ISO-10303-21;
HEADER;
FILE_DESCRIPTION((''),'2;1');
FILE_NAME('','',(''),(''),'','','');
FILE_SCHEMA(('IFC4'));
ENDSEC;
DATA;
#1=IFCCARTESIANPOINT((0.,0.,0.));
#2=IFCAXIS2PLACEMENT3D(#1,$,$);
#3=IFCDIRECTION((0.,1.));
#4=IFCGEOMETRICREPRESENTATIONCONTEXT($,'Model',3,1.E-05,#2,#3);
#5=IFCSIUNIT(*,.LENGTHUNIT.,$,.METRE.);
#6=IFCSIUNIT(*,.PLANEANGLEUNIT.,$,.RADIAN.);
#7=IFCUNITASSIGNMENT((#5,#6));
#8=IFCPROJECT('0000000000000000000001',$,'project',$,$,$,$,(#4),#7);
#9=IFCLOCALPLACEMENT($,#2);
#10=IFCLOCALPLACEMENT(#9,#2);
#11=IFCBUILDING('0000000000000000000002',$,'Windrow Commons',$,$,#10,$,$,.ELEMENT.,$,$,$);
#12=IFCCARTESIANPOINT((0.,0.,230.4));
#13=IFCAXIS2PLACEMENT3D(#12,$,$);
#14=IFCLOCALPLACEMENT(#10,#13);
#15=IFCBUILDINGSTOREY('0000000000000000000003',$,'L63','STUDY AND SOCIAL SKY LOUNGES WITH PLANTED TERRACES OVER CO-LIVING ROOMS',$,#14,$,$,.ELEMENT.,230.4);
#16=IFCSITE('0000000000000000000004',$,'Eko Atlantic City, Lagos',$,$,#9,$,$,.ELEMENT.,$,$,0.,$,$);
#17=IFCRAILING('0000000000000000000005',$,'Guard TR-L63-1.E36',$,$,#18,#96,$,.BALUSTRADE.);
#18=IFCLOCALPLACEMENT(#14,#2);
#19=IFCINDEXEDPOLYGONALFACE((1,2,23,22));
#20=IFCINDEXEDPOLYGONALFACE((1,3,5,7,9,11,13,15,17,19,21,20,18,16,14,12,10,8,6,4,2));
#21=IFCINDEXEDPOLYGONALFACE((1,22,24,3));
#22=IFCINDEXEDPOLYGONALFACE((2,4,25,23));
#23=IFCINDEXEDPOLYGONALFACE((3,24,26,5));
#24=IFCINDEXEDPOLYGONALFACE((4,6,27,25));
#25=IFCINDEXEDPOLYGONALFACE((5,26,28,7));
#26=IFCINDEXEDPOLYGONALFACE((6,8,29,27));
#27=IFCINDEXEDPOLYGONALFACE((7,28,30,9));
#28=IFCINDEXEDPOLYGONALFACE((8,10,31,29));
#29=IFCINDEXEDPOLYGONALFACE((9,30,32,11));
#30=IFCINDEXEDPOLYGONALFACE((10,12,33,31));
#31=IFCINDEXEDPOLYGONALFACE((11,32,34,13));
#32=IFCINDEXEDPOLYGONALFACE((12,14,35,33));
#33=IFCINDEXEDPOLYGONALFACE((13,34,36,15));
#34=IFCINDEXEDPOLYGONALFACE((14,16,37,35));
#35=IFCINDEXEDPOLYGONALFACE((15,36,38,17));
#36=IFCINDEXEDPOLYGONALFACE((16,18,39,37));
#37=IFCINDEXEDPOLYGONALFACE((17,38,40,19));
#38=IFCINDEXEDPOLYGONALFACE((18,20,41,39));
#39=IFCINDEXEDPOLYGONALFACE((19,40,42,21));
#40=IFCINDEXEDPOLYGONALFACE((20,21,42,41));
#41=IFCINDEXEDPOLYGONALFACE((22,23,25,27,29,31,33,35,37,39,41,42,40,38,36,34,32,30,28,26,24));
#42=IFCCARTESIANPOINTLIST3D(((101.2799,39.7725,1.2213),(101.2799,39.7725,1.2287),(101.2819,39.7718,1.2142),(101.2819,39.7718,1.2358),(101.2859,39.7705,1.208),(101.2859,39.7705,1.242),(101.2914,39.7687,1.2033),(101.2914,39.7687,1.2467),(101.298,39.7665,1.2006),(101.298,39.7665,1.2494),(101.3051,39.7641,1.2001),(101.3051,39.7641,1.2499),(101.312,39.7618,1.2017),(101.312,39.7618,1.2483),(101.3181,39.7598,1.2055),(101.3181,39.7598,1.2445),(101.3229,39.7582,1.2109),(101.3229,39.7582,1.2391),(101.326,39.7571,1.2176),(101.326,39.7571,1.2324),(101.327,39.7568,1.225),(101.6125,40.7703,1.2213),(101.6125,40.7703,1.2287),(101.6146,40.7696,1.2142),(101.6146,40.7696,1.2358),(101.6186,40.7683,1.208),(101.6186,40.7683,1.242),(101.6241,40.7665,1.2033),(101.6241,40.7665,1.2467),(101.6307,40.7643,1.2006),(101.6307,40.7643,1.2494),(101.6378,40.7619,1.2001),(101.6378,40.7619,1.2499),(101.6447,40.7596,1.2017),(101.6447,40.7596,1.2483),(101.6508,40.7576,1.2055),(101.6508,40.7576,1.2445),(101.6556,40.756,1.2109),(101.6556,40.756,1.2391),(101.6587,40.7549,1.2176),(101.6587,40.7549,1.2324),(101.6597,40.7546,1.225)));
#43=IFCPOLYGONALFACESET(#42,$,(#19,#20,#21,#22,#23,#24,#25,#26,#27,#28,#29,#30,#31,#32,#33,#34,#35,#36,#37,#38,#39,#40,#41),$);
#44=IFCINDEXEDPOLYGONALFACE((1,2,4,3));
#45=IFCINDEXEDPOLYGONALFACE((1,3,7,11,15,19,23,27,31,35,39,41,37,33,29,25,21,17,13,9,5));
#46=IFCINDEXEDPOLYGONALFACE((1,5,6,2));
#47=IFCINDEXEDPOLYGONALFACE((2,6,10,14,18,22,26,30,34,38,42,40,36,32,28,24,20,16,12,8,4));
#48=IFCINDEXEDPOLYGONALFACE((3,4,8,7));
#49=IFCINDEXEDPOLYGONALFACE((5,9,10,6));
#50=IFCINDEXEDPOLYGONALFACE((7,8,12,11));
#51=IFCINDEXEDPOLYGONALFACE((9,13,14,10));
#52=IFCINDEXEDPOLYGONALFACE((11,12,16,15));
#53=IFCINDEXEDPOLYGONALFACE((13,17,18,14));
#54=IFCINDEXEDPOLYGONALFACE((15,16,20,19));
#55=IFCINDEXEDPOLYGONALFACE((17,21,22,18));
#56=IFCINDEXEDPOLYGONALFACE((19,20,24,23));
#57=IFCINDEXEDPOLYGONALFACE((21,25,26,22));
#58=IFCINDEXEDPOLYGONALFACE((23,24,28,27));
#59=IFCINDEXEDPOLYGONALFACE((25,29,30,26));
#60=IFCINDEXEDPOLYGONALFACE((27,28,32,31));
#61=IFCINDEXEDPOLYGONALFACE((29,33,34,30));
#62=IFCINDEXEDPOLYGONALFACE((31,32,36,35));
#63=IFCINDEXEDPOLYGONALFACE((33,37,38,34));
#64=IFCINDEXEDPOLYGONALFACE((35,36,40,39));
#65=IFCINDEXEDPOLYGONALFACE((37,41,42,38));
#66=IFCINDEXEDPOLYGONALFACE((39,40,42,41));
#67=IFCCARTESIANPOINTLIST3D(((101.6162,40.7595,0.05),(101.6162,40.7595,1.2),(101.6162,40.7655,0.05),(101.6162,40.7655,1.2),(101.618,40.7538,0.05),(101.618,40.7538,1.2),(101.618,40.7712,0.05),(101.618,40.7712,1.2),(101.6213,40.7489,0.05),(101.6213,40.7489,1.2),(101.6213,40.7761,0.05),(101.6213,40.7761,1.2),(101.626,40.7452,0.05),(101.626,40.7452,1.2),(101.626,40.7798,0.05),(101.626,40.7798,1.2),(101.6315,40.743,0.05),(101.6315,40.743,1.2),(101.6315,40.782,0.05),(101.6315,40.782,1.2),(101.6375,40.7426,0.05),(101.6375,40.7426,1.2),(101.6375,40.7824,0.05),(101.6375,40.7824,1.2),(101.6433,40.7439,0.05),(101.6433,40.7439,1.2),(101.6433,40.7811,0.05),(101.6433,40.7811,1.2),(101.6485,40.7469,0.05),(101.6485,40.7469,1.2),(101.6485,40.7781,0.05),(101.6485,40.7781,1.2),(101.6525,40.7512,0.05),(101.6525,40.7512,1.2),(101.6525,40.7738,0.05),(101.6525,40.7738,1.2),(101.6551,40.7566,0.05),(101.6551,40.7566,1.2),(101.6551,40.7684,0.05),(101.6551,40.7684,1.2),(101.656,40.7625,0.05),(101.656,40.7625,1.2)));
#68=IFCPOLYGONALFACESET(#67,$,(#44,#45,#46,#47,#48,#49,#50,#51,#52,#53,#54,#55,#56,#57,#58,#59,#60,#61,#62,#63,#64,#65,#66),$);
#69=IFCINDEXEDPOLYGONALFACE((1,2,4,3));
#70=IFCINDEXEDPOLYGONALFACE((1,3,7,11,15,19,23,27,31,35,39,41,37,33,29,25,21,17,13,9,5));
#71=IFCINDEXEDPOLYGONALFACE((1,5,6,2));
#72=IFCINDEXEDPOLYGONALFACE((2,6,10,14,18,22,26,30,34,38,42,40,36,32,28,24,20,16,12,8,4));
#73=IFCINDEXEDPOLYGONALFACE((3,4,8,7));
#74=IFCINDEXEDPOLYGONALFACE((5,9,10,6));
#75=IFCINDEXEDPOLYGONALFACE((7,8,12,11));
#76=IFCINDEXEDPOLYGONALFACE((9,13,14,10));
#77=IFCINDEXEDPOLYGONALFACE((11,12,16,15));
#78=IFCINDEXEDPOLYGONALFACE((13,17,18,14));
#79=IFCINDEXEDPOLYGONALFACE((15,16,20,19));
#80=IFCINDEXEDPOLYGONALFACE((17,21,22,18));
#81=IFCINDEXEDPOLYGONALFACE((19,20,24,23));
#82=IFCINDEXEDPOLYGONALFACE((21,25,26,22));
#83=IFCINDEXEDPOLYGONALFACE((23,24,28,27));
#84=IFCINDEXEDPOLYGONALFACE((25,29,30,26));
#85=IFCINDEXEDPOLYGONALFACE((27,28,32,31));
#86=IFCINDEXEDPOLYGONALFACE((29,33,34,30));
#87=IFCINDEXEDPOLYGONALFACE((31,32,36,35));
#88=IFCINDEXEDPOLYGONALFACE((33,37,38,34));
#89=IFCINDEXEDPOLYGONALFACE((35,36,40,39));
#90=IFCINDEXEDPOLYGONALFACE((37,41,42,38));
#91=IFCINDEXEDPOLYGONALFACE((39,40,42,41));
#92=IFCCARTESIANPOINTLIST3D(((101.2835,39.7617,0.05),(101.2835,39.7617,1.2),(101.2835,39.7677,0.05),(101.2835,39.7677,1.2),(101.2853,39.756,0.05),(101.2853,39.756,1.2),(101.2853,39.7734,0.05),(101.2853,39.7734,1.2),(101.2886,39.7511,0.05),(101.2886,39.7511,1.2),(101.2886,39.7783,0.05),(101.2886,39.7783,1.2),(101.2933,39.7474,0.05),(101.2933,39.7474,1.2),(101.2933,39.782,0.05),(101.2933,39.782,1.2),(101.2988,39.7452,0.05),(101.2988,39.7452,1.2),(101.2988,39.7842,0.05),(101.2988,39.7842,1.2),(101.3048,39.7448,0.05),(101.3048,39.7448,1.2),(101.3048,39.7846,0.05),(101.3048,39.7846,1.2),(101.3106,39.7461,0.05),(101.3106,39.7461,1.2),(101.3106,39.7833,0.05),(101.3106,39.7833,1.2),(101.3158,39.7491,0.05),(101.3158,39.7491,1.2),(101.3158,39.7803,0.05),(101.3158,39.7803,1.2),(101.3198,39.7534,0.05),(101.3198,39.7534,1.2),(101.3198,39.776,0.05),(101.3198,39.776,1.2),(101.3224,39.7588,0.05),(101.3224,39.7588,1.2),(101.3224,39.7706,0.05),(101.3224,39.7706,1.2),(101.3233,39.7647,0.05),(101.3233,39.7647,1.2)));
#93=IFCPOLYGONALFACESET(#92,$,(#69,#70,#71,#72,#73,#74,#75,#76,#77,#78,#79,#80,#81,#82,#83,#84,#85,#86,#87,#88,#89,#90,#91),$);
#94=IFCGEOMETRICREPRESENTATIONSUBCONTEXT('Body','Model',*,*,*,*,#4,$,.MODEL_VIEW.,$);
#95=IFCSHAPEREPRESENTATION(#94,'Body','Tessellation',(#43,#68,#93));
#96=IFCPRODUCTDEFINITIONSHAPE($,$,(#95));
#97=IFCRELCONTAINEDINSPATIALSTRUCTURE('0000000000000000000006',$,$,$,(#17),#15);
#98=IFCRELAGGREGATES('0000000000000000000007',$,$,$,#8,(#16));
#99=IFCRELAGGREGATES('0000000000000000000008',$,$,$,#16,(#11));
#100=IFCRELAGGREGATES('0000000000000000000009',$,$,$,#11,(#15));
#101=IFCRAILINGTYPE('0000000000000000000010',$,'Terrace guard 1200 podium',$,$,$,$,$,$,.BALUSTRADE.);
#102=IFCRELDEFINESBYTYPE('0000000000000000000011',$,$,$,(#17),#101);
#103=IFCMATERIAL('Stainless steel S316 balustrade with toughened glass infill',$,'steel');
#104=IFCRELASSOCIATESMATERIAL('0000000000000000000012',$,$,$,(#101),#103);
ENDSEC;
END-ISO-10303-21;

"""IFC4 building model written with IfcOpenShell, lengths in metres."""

from ifc_helpers import new_model, si_unit, direction, frame, origin, origin_2d, place, context, subcontext, project, spatial, circle, extrude, material, type_object, element, save


model = new_model("IFC4")

# Units and contexts
model_context = context("Model", 3, precision=1e-05, world=origin(), true_north=direction((0.0, 1.0)))
body_context = subcontext(model_context, "Body", "Model", "MODEL_VIEW")
ifc_project = project(units=[si_unit("LENGTHUNIT", "METRE"), si_unit("PLANEANGLEUNIT", "RADIAN")], contexts=[model_context])

# Site, building, storey
site_placement = place(None, origin())
site = spatial("IfcSite", under=ifc_project, at=site_placement, Name="Eko Atlantic City, Lagos", CompositionType="ELEMENT", RefElevation=0.0)
building_placement = place(site_placement, origin())
building = spatial("IfcBuilding", under=site, at=building_placement, Name="Windrow Commons", CompositionType="ELEMENT")
storey_placement = place(building_placement, frame((0.0, 0.0, 230.4)))
storey = spatial("IfcBuildingStorey", under=building, at=storey_placement, Name="L63", Description="STUDY AND SOCIAL SKY LOUNGES WITH PLANTED TERRACES OVER CO-LIVING ROOMS", CompositionType="ELEMENT", Elevation=230.4)

# Railing
ifc_material_1 = material(Name="Stainless steel S316 balustrade with toughened glass infill", Category="steel")
railing_type = type_object("IfcRailingType", Name="Terrace guard 1200 podium", PredefinedType="BALUSTRADE", material=ifc_material_1)
railing_1_placement = place(storey_placement, frame((101.636, 40.7625, 0.05)))
element("IfcRailing", 1, at=railing_1_placement, inside=storey, type_object=railing_type, Name="Guard TR-L63-1.E36", PredefinedType="BALUSTRADE", context=body_context, shape_type="SweptSolid", body=[
    extrude(circle(Radius=0.025, at=origin_2d()), frame((0.0, 0.0, 1.175), z_axis=(-0.316313, -0.948655, 0.0), x_axis=(0.948655, -0.316313, 0.0)), (0.0, 0.0, 1.0), 1.0518),
    extrude(circle(Radius=0.02, at=origin_2d()), origin(), (0.0, 0.0, 1.0), 1.15),
    extrude(circle(Radius=0.02, at=origin_2d()), frame((-0.3327, -0.9978, 0.0)), (0.0, 0.0, 1.0), 1.15),
])

save(model, "model.ifc")
